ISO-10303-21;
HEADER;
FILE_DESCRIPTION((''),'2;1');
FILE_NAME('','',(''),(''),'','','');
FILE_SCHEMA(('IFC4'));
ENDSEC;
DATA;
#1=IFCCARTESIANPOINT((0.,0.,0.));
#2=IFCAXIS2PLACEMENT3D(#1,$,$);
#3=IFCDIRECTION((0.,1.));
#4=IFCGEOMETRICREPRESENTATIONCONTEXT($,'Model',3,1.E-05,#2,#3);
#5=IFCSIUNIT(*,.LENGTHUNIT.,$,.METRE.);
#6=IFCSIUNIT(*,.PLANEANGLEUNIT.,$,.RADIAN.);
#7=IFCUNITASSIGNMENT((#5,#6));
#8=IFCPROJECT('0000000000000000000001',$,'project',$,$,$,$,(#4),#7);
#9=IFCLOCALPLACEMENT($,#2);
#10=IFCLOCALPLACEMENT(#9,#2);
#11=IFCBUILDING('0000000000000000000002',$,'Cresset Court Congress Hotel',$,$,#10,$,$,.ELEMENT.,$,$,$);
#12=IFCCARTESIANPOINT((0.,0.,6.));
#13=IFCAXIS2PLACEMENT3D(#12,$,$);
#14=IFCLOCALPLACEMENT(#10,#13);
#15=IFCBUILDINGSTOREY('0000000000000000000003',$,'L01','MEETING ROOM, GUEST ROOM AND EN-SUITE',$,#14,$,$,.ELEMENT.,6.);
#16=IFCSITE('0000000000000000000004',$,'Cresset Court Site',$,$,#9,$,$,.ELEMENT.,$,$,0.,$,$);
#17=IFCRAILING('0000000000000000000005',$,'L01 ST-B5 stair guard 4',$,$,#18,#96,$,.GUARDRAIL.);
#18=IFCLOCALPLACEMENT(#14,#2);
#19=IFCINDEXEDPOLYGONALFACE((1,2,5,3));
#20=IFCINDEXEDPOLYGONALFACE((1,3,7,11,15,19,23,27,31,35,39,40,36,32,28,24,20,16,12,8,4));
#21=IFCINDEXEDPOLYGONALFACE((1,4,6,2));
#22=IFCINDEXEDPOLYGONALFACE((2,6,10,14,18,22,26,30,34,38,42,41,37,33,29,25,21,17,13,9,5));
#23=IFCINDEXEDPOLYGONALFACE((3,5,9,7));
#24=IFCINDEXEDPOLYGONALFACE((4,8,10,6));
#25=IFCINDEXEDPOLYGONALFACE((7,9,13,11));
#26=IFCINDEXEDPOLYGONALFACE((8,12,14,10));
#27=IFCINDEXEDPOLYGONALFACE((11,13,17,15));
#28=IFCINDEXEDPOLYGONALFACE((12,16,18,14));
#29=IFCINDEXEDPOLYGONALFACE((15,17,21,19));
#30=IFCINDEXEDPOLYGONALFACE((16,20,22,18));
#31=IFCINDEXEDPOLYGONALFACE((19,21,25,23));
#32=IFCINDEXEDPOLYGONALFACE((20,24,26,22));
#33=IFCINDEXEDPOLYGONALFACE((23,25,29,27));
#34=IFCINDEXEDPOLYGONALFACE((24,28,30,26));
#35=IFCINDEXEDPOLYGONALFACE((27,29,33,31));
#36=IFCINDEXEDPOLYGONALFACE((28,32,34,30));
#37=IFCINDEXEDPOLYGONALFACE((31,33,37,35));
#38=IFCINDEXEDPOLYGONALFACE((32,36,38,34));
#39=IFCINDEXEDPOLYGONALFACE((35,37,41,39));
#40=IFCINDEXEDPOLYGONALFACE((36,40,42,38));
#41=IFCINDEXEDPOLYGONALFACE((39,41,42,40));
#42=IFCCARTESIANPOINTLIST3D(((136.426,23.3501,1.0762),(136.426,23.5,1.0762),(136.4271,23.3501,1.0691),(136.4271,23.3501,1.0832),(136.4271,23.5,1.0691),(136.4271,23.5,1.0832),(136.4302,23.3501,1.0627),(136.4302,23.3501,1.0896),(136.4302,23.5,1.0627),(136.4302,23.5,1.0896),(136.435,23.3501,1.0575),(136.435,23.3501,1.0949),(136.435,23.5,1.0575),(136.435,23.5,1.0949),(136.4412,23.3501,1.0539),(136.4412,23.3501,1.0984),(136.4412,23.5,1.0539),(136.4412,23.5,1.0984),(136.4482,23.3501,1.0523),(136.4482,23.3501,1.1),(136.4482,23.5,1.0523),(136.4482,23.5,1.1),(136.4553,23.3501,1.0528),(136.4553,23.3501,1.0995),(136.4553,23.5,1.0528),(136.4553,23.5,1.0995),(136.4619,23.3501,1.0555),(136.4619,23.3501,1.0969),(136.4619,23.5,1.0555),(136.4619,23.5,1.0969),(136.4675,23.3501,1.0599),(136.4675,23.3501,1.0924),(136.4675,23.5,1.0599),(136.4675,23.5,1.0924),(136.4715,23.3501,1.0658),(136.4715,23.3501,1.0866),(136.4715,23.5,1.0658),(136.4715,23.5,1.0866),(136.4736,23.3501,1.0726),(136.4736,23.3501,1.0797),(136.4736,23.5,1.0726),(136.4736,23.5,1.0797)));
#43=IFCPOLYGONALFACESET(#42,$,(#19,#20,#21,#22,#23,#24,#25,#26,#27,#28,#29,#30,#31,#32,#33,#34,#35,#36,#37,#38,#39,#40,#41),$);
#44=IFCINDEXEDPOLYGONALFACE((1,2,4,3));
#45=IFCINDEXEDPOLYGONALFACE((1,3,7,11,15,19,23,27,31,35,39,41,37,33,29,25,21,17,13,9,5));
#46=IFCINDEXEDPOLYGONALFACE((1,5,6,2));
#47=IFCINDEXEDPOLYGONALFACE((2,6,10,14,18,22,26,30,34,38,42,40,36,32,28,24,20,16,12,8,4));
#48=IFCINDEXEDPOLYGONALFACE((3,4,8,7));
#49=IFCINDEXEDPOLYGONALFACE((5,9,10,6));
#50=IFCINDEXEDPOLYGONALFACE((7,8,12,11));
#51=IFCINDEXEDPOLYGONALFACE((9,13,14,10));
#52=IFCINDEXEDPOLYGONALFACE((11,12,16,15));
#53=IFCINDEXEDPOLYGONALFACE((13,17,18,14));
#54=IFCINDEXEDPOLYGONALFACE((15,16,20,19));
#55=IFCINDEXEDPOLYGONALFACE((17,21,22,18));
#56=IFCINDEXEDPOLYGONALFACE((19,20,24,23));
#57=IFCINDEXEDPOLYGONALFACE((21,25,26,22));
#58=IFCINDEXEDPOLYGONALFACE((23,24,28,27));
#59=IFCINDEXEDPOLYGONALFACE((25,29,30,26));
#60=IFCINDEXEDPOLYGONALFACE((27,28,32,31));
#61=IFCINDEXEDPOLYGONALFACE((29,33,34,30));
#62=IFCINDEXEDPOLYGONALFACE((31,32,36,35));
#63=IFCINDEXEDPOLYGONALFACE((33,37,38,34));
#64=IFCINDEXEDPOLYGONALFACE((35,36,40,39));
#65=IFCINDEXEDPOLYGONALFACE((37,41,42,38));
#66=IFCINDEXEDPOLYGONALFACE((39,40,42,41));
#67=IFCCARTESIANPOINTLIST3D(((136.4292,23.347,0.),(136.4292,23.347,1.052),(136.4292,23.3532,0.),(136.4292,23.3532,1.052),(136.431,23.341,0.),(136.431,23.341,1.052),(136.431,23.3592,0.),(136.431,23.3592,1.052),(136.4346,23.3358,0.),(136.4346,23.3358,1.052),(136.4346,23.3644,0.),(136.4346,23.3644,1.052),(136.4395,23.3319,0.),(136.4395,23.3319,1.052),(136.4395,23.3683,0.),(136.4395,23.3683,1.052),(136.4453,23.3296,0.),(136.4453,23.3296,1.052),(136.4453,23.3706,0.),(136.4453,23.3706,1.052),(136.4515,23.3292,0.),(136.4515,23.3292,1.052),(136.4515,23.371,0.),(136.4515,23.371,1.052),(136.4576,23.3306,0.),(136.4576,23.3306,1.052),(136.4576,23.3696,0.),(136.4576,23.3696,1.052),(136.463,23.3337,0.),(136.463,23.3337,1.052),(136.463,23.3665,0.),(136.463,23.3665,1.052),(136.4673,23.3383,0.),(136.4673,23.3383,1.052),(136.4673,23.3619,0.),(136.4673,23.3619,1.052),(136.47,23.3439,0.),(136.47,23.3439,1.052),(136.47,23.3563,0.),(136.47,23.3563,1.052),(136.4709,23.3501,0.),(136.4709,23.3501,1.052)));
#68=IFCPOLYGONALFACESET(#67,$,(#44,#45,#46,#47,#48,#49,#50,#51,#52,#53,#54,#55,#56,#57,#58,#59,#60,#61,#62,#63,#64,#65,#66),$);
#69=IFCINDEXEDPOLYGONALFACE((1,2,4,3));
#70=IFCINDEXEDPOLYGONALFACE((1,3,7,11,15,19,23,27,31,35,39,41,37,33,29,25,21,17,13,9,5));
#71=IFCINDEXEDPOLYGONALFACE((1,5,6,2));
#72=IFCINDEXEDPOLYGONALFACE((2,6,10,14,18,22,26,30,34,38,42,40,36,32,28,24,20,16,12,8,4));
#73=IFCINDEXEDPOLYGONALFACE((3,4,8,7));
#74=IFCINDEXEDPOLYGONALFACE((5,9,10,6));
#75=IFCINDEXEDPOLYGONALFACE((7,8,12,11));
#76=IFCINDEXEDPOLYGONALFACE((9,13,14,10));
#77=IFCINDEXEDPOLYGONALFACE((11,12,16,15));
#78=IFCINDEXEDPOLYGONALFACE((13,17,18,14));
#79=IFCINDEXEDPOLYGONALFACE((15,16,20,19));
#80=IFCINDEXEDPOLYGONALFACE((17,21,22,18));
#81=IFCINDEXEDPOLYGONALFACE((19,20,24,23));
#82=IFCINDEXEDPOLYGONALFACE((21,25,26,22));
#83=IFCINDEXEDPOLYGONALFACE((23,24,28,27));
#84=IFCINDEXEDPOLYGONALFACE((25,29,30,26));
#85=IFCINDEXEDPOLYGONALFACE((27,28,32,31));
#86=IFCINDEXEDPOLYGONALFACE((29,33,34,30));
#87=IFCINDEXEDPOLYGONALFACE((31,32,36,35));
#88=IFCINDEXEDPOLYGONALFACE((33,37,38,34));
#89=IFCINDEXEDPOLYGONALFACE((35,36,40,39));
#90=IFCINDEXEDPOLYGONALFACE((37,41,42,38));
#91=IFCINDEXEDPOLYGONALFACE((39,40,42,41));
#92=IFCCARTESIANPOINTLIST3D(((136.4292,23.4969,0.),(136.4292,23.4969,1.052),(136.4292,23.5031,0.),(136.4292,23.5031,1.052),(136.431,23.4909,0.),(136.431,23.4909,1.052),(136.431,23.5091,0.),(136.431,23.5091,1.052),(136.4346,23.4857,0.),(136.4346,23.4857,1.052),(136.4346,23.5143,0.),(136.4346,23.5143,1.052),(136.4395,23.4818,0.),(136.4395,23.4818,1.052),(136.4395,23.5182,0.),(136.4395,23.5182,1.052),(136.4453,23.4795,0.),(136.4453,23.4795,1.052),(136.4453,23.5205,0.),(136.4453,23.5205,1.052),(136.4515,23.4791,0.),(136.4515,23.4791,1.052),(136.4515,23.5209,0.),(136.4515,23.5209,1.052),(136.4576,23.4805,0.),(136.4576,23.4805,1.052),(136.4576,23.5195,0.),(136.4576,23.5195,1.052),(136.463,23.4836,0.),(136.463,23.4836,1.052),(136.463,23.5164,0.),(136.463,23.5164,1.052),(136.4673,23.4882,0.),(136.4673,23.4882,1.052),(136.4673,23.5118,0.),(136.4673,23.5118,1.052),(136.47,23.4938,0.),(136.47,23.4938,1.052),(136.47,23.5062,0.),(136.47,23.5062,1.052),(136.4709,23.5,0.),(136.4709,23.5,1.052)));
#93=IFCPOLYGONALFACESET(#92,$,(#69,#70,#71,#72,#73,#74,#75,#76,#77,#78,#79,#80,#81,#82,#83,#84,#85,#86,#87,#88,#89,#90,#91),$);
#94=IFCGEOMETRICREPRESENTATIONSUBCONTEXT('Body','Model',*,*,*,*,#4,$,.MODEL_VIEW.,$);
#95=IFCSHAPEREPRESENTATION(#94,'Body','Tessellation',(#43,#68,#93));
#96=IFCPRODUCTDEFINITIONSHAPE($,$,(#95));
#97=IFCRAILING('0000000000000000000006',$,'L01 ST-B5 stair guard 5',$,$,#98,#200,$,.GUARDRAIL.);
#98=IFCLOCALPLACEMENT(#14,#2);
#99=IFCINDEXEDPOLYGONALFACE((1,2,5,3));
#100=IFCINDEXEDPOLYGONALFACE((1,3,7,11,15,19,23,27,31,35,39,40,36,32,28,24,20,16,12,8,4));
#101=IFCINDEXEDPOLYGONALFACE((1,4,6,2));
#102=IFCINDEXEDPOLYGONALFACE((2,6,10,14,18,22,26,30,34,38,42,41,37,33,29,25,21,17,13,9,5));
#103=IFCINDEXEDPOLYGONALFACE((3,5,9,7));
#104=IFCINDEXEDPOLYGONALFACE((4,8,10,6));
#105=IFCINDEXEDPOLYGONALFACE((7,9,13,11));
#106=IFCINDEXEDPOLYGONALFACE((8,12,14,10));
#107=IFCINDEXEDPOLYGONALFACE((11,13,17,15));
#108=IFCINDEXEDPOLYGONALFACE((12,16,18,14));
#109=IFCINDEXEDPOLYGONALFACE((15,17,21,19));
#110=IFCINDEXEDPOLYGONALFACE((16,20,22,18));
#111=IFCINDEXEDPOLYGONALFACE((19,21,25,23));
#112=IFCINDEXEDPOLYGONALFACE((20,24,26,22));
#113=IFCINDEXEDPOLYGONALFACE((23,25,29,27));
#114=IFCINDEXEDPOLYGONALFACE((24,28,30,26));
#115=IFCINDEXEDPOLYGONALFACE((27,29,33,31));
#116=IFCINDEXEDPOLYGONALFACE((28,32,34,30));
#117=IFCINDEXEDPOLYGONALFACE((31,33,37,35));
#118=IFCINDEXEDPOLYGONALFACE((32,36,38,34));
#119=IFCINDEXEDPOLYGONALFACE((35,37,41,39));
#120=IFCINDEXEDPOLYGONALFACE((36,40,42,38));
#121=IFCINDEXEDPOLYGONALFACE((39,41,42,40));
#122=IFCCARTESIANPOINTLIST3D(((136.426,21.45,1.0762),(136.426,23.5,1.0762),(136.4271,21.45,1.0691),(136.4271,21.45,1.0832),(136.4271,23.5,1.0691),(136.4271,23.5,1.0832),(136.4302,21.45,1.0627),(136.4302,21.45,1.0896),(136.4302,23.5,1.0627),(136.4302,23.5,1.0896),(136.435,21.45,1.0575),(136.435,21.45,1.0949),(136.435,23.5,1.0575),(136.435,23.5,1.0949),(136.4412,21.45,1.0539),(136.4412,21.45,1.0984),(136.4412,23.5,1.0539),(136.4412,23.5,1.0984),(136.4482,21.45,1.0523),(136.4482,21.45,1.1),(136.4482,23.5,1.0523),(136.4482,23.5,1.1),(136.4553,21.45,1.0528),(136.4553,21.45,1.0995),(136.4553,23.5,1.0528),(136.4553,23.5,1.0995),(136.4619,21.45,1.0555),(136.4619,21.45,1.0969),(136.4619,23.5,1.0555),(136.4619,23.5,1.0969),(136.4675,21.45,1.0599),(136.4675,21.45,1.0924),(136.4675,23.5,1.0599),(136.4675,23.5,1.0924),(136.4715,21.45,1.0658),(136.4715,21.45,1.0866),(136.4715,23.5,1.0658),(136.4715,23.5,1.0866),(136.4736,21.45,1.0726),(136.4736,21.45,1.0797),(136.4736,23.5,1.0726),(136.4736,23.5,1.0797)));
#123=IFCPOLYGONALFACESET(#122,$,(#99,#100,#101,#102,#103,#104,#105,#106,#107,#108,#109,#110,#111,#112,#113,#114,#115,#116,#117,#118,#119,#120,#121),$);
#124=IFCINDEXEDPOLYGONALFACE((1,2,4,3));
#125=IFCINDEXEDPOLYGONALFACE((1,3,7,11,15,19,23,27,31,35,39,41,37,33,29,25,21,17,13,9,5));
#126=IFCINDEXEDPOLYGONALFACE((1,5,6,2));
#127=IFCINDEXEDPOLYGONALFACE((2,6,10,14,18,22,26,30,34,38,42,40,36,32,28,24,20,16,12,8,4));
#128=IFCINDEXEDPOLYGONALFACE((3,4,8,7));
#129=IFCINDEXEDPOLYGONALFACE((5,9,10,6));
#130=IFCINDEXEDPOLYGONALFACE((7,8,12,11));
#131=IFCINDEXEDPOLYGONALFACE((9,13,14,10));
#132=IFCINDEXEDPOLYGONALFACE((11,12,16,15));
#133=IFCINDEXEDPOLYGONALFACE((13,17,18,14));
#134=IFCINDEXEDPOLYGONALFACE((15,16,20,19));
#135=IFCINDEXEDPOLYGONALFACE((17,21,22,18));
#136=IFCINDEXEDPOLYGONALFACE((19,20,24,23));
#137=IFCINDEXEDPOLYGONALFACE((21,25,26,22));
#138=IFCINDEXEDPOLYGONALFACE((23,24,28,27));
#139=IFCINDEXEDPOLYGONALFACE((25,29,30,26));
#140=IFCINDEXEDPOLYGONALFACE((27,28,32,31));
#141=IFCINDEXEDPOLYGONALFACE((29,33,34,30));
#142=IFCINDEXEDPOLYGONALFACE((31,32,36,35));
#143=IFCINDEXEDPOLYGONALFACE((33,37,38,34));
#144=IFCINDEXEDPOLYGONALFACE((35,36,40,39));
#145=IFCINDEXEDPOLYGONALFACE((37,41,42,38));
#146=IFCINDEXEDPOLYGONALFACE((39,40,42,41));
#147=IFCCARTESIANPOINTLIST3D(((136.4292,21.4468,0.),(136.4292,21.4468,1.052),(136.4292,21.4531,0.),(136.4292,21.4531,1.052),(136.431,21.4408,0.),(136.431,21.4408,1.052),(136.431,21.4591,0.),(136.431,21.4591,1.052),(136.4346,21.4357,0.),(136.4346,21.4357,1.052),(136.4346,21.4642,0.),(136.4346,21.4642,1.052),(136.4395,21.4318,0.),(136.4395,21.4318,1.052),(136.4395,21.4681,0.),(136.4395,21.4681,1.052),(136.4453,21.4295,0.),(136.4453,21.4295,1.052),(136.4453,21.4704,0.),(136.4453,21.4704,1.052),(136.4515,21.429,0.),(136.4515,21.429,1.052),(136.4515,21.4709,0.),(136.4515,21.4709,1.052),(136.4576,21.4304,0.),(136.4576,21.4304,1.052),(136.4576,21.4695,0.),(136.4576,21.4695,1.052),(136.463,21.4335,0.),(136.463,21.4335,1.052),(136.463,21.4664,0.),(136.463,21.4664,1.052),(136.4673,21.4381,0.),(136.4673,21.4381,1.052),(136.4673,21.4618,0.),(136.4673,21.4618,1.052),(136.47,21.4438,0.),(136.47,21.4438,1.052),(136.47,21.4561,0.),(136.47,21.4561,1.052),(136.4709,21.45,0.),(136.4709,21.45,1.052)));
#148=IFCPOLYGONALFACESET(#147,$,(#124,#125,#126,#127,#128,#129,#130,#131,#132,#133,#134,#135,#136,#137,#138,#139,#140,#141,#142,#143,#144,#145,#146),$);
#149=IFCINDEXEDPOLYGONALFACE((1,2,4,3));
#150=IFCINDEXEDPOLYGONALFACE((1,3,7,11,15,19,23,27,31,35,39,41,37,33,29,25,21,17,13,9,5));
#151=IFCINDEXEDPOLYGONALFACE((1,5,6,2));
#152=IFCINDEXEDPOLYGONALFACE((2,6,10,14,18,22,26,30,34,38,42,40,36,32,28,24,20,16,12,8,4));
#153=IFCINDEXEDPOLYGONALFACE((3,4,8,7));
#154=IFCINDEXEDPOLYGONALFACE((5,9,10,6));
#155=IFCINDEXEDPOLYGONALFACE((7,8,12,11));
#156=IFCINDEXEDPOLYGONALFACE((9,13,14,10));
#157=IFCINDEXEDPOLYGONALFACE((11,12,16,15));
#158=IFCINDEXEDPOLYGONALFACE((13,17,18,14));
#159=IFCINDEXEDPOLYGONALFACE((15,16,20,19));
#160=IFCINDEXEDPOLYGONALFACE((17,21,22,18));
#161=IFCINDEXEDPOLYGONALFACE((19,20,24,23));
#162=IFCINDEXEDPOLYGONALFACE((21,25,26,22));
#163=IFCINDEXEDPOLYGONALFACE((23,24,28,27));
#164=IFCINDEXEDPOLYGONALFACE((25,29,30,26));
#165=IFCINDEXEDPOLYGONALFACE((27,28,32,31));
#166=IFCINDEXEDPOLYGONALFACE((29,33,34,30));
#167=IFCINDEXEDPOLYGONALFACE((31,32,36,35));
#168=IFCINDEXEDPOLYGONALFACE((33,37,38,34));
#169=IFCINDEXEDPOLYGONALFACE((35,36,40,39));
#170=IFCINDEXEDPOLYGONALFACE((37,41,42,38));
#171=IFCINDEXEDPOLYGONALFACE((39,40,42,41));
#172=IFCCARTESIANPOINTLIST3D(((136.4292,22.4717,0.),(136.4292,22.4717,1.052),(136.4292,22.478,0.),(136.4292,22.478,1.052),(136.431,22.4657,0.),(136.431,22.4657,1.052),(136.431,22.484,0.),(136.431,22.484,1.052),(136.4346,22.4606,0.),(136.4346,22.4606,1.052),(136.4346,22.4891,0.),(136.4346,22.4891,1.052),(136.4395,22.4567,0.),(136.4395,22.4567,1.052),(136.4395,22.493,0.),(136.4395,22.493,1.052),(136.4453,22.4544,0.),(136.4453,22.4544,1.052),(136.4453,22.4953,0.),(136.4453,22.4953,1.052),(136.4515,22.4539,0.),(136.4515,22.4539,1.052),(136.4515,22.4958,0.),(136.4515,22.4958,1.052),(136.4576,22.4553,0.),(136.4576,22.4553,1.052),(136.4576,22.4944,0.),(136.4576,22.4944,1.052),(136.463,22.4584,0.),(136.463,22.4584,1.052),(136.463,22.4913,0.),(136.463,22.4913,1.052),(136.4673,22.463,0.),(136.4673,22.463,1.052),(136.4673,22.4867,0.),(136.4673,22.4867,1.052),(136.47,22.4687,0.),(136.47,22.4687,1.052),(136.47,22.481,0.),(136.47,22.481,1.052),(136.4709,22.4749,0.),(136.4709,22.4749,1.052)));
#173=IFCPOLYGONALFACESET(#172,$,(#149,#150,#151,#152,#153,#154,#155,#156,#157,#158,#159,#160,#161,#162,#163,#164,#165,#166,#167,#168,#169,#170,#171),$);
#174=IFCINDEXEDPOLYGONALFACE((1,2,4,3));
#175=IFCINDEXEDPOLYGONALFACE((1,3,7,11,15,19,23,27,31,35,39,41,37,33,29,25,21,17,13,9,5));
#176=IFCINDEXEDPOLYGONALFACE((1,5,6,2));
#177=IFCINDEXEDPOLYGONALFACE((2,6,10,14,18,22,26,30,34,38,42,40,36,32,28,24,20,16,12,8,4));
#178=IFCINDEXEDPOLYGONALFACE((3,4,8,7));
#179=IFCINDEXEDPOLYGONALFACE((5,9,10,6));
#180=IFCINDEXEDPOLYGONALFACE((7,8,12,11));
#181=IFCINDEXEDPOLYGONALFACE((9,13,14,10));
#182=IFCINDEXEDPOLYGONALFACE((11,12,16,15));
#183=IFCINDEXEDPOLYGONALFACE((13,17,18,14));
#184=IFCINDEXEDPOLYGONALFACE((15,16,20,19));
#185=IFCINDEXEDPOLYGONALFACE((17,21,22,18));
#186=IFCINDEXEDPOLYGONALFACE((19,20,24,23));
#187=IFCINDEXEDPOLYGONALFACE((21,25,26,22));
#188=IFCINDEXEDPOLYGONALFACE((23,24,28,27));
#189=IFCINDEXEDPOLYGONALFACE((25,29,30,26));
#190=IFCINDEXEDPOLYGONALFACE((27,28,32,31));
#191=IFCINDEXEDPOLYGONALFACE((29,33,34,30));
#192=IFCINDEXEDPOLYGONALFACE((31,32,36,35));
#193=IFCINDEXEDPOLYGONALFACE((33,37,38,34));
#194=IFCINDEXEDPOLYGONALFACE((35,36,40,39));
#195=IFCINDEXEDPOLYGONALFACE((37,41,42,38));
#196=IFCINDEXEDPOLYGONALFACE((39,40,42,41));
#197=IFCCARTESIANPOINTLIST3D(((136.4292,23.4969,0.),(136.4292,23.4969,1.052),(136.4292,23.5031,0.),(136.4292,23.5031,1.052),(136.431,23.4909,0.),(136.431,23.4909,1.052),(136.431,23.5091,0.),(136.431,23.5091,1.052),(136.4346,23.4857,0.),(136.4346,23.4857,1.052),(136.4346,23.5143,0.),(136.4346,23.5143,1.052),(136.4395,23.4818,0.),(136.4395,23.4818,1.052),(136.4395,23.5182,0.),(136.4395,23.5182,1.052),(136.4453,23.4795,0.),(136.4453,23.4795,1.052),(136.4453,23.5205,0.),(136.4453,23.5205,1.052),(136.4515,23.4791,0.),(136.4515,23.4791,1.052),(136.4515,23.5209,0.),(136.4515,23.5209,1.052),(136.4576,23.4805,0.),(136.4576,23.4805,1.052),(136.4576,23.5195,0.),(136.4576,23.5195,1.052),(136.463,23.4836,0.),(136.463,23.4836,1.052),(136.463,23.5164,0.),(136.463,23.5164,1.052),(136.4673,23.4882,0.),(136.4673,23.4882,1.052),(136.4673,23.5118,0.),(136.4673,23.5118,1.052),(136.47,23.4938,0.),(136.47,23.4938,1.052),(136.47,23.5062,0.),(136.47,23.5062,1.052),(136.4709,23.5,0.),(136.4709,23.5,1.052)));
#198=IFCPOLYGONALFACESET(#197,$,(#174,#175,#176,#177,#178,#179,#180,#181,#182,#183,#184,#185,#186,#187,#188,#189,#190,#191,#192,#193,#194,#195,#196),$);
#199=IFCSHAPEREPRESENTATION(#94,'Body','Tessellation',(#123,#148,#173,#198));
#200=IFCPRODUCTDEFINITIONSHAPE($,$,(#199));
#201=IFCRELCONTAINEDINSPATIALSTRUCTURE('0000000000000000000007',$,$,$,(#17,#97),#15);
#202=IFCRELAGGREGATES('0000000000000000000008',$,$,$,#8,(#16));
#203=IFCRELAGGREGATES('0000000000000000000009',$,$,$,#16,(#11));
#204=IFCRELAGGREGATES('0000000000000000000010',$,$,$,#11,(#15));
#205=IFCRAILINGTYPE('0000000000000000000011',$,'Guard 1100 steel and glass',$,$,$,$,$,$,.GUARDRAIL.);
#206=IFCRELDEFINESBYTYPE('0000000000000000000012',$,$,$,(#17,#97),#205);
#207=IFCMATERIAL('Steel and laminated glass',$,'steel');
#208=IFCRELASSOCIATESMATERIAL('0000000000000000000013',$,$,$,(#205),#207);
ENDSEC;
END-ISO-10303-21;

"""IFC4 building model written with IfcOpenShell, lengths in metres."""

from ifc_helpers import new_model, si_unit, direction, frame, origin, origin_2d, place, context, subcontext, project, spatial, circle, extrude, material, type_object, element, save


model = new_model("IFC4")

# Units and contexts
model_context = context("Model", 3, precision=1e-05, world=origin(), true_north=direction((0.0, 1.0)))
body_context = subcontext(model_context, "Body", "Model", "MODEL_VIEW")
ifc_project = project(units=[si_unit("LENGTHUNIT", "METRE"), si_unit("PLANEANGLEUNIT", "RADIAN")], contexts=[model_context])

# Site, building, storey
site_placement = place(None, origin())
site = spatial("IfcSite", under=ifc_project, at=site_placement, Name="Cresset Court Site", CompositionType="ELEMENT", RefElevation=0.0)
building_placement = place(site_placement, origin())
building = spatial("IfcBuilding", under=site, at=building_placement, Name="Cresset Court Congress Hotel", CompositionType="ELEMENT")
storey_placement = place(building_placement, frame((0.0, 0.0, 6.0)))
storey = spatial("IfcBuildingStorey", under=building, at=storey_placement, Name="L01", Description="MEETING ROOM, GUEST ROOM AND EN-SUITE", CompositionType="ELEMENT", Elevation=6.0)

# Railings
ifc_material_1 = material(Name="Steel and laminated glass", Category="steel")
railing_type_1 = type_object("IfcRailingType", Name="Guard 1100 steel and glass", PredefinedType="GUARDRAIL", material=ifc_material_1)
railing_1_placement = place(storey_placement, frame((136.45, 23.3501, 0.0)))
element("IfcRailing", 1, at=railing_1_placement, inside=storey, type_object=railing_type_1, Name="L01 ST-B5 stair guard 4", PredefinedType="GUARDRAIL", context=body_context, shape_type="SweptSolid", body=[
    extrude(circle(Radius=0.0239, at=origin_2d()), frame((0.0, 0.0, 1.0762), z_axis=(0.0, 1.0, 0.0), x_axis=(-1.0, 0.0, 0.0)), (0.0, 0.0, 1.0), 0.1499),
    extrude(circle(Radius=0.021, at=origin_2d()), origin(), (0.0, 0.0, 1.0), 1.052),
    extrude(circle(Radius=0.021, at=origin_2d()), frame((0.0, 0.1499, 0.0)), (0.0, 0.0, 1.0), 1.052),
])
railing_2_placement = place(storey_placement, frame((136.45, 21.45, 0.0)))
element("IfcRailing", 2, at=railing_2_placement, inside=storey, type_object=railing_type_1, Name="L01 ST-B5 stair guard 5", PredefinedType="GUARDRAIL", context=body_context, shape_type="SweptSolid", body=[
    extrude(circle(Radius=0.0239, at=origin_2d()), frame((0.0, 0.0, 1.0762), z_axis=(0.0, 1.0, 0.0), x_axis=(-1.0, 0.0, 0.0)), (0.0, 0.0, 1.0), 2.05),
    extrude(circle(Radius=0.021, at=origin_2d()), origin(), (0.0, 0.0, 1.0), 1.052),
    extrude(circle(Radius=0.021, at=origin_2d()), frame((0.0, 1.0249, 0.0)), (0.0, 0.0, 1.0), 1.052),
    extrude(circle(Radius=0.021, at=origin_2d()), frame((0.0, 2.05, 0.0)), (0.0, 0.0, 1.0), 1.052),
])

save(model, "model.ifc")
